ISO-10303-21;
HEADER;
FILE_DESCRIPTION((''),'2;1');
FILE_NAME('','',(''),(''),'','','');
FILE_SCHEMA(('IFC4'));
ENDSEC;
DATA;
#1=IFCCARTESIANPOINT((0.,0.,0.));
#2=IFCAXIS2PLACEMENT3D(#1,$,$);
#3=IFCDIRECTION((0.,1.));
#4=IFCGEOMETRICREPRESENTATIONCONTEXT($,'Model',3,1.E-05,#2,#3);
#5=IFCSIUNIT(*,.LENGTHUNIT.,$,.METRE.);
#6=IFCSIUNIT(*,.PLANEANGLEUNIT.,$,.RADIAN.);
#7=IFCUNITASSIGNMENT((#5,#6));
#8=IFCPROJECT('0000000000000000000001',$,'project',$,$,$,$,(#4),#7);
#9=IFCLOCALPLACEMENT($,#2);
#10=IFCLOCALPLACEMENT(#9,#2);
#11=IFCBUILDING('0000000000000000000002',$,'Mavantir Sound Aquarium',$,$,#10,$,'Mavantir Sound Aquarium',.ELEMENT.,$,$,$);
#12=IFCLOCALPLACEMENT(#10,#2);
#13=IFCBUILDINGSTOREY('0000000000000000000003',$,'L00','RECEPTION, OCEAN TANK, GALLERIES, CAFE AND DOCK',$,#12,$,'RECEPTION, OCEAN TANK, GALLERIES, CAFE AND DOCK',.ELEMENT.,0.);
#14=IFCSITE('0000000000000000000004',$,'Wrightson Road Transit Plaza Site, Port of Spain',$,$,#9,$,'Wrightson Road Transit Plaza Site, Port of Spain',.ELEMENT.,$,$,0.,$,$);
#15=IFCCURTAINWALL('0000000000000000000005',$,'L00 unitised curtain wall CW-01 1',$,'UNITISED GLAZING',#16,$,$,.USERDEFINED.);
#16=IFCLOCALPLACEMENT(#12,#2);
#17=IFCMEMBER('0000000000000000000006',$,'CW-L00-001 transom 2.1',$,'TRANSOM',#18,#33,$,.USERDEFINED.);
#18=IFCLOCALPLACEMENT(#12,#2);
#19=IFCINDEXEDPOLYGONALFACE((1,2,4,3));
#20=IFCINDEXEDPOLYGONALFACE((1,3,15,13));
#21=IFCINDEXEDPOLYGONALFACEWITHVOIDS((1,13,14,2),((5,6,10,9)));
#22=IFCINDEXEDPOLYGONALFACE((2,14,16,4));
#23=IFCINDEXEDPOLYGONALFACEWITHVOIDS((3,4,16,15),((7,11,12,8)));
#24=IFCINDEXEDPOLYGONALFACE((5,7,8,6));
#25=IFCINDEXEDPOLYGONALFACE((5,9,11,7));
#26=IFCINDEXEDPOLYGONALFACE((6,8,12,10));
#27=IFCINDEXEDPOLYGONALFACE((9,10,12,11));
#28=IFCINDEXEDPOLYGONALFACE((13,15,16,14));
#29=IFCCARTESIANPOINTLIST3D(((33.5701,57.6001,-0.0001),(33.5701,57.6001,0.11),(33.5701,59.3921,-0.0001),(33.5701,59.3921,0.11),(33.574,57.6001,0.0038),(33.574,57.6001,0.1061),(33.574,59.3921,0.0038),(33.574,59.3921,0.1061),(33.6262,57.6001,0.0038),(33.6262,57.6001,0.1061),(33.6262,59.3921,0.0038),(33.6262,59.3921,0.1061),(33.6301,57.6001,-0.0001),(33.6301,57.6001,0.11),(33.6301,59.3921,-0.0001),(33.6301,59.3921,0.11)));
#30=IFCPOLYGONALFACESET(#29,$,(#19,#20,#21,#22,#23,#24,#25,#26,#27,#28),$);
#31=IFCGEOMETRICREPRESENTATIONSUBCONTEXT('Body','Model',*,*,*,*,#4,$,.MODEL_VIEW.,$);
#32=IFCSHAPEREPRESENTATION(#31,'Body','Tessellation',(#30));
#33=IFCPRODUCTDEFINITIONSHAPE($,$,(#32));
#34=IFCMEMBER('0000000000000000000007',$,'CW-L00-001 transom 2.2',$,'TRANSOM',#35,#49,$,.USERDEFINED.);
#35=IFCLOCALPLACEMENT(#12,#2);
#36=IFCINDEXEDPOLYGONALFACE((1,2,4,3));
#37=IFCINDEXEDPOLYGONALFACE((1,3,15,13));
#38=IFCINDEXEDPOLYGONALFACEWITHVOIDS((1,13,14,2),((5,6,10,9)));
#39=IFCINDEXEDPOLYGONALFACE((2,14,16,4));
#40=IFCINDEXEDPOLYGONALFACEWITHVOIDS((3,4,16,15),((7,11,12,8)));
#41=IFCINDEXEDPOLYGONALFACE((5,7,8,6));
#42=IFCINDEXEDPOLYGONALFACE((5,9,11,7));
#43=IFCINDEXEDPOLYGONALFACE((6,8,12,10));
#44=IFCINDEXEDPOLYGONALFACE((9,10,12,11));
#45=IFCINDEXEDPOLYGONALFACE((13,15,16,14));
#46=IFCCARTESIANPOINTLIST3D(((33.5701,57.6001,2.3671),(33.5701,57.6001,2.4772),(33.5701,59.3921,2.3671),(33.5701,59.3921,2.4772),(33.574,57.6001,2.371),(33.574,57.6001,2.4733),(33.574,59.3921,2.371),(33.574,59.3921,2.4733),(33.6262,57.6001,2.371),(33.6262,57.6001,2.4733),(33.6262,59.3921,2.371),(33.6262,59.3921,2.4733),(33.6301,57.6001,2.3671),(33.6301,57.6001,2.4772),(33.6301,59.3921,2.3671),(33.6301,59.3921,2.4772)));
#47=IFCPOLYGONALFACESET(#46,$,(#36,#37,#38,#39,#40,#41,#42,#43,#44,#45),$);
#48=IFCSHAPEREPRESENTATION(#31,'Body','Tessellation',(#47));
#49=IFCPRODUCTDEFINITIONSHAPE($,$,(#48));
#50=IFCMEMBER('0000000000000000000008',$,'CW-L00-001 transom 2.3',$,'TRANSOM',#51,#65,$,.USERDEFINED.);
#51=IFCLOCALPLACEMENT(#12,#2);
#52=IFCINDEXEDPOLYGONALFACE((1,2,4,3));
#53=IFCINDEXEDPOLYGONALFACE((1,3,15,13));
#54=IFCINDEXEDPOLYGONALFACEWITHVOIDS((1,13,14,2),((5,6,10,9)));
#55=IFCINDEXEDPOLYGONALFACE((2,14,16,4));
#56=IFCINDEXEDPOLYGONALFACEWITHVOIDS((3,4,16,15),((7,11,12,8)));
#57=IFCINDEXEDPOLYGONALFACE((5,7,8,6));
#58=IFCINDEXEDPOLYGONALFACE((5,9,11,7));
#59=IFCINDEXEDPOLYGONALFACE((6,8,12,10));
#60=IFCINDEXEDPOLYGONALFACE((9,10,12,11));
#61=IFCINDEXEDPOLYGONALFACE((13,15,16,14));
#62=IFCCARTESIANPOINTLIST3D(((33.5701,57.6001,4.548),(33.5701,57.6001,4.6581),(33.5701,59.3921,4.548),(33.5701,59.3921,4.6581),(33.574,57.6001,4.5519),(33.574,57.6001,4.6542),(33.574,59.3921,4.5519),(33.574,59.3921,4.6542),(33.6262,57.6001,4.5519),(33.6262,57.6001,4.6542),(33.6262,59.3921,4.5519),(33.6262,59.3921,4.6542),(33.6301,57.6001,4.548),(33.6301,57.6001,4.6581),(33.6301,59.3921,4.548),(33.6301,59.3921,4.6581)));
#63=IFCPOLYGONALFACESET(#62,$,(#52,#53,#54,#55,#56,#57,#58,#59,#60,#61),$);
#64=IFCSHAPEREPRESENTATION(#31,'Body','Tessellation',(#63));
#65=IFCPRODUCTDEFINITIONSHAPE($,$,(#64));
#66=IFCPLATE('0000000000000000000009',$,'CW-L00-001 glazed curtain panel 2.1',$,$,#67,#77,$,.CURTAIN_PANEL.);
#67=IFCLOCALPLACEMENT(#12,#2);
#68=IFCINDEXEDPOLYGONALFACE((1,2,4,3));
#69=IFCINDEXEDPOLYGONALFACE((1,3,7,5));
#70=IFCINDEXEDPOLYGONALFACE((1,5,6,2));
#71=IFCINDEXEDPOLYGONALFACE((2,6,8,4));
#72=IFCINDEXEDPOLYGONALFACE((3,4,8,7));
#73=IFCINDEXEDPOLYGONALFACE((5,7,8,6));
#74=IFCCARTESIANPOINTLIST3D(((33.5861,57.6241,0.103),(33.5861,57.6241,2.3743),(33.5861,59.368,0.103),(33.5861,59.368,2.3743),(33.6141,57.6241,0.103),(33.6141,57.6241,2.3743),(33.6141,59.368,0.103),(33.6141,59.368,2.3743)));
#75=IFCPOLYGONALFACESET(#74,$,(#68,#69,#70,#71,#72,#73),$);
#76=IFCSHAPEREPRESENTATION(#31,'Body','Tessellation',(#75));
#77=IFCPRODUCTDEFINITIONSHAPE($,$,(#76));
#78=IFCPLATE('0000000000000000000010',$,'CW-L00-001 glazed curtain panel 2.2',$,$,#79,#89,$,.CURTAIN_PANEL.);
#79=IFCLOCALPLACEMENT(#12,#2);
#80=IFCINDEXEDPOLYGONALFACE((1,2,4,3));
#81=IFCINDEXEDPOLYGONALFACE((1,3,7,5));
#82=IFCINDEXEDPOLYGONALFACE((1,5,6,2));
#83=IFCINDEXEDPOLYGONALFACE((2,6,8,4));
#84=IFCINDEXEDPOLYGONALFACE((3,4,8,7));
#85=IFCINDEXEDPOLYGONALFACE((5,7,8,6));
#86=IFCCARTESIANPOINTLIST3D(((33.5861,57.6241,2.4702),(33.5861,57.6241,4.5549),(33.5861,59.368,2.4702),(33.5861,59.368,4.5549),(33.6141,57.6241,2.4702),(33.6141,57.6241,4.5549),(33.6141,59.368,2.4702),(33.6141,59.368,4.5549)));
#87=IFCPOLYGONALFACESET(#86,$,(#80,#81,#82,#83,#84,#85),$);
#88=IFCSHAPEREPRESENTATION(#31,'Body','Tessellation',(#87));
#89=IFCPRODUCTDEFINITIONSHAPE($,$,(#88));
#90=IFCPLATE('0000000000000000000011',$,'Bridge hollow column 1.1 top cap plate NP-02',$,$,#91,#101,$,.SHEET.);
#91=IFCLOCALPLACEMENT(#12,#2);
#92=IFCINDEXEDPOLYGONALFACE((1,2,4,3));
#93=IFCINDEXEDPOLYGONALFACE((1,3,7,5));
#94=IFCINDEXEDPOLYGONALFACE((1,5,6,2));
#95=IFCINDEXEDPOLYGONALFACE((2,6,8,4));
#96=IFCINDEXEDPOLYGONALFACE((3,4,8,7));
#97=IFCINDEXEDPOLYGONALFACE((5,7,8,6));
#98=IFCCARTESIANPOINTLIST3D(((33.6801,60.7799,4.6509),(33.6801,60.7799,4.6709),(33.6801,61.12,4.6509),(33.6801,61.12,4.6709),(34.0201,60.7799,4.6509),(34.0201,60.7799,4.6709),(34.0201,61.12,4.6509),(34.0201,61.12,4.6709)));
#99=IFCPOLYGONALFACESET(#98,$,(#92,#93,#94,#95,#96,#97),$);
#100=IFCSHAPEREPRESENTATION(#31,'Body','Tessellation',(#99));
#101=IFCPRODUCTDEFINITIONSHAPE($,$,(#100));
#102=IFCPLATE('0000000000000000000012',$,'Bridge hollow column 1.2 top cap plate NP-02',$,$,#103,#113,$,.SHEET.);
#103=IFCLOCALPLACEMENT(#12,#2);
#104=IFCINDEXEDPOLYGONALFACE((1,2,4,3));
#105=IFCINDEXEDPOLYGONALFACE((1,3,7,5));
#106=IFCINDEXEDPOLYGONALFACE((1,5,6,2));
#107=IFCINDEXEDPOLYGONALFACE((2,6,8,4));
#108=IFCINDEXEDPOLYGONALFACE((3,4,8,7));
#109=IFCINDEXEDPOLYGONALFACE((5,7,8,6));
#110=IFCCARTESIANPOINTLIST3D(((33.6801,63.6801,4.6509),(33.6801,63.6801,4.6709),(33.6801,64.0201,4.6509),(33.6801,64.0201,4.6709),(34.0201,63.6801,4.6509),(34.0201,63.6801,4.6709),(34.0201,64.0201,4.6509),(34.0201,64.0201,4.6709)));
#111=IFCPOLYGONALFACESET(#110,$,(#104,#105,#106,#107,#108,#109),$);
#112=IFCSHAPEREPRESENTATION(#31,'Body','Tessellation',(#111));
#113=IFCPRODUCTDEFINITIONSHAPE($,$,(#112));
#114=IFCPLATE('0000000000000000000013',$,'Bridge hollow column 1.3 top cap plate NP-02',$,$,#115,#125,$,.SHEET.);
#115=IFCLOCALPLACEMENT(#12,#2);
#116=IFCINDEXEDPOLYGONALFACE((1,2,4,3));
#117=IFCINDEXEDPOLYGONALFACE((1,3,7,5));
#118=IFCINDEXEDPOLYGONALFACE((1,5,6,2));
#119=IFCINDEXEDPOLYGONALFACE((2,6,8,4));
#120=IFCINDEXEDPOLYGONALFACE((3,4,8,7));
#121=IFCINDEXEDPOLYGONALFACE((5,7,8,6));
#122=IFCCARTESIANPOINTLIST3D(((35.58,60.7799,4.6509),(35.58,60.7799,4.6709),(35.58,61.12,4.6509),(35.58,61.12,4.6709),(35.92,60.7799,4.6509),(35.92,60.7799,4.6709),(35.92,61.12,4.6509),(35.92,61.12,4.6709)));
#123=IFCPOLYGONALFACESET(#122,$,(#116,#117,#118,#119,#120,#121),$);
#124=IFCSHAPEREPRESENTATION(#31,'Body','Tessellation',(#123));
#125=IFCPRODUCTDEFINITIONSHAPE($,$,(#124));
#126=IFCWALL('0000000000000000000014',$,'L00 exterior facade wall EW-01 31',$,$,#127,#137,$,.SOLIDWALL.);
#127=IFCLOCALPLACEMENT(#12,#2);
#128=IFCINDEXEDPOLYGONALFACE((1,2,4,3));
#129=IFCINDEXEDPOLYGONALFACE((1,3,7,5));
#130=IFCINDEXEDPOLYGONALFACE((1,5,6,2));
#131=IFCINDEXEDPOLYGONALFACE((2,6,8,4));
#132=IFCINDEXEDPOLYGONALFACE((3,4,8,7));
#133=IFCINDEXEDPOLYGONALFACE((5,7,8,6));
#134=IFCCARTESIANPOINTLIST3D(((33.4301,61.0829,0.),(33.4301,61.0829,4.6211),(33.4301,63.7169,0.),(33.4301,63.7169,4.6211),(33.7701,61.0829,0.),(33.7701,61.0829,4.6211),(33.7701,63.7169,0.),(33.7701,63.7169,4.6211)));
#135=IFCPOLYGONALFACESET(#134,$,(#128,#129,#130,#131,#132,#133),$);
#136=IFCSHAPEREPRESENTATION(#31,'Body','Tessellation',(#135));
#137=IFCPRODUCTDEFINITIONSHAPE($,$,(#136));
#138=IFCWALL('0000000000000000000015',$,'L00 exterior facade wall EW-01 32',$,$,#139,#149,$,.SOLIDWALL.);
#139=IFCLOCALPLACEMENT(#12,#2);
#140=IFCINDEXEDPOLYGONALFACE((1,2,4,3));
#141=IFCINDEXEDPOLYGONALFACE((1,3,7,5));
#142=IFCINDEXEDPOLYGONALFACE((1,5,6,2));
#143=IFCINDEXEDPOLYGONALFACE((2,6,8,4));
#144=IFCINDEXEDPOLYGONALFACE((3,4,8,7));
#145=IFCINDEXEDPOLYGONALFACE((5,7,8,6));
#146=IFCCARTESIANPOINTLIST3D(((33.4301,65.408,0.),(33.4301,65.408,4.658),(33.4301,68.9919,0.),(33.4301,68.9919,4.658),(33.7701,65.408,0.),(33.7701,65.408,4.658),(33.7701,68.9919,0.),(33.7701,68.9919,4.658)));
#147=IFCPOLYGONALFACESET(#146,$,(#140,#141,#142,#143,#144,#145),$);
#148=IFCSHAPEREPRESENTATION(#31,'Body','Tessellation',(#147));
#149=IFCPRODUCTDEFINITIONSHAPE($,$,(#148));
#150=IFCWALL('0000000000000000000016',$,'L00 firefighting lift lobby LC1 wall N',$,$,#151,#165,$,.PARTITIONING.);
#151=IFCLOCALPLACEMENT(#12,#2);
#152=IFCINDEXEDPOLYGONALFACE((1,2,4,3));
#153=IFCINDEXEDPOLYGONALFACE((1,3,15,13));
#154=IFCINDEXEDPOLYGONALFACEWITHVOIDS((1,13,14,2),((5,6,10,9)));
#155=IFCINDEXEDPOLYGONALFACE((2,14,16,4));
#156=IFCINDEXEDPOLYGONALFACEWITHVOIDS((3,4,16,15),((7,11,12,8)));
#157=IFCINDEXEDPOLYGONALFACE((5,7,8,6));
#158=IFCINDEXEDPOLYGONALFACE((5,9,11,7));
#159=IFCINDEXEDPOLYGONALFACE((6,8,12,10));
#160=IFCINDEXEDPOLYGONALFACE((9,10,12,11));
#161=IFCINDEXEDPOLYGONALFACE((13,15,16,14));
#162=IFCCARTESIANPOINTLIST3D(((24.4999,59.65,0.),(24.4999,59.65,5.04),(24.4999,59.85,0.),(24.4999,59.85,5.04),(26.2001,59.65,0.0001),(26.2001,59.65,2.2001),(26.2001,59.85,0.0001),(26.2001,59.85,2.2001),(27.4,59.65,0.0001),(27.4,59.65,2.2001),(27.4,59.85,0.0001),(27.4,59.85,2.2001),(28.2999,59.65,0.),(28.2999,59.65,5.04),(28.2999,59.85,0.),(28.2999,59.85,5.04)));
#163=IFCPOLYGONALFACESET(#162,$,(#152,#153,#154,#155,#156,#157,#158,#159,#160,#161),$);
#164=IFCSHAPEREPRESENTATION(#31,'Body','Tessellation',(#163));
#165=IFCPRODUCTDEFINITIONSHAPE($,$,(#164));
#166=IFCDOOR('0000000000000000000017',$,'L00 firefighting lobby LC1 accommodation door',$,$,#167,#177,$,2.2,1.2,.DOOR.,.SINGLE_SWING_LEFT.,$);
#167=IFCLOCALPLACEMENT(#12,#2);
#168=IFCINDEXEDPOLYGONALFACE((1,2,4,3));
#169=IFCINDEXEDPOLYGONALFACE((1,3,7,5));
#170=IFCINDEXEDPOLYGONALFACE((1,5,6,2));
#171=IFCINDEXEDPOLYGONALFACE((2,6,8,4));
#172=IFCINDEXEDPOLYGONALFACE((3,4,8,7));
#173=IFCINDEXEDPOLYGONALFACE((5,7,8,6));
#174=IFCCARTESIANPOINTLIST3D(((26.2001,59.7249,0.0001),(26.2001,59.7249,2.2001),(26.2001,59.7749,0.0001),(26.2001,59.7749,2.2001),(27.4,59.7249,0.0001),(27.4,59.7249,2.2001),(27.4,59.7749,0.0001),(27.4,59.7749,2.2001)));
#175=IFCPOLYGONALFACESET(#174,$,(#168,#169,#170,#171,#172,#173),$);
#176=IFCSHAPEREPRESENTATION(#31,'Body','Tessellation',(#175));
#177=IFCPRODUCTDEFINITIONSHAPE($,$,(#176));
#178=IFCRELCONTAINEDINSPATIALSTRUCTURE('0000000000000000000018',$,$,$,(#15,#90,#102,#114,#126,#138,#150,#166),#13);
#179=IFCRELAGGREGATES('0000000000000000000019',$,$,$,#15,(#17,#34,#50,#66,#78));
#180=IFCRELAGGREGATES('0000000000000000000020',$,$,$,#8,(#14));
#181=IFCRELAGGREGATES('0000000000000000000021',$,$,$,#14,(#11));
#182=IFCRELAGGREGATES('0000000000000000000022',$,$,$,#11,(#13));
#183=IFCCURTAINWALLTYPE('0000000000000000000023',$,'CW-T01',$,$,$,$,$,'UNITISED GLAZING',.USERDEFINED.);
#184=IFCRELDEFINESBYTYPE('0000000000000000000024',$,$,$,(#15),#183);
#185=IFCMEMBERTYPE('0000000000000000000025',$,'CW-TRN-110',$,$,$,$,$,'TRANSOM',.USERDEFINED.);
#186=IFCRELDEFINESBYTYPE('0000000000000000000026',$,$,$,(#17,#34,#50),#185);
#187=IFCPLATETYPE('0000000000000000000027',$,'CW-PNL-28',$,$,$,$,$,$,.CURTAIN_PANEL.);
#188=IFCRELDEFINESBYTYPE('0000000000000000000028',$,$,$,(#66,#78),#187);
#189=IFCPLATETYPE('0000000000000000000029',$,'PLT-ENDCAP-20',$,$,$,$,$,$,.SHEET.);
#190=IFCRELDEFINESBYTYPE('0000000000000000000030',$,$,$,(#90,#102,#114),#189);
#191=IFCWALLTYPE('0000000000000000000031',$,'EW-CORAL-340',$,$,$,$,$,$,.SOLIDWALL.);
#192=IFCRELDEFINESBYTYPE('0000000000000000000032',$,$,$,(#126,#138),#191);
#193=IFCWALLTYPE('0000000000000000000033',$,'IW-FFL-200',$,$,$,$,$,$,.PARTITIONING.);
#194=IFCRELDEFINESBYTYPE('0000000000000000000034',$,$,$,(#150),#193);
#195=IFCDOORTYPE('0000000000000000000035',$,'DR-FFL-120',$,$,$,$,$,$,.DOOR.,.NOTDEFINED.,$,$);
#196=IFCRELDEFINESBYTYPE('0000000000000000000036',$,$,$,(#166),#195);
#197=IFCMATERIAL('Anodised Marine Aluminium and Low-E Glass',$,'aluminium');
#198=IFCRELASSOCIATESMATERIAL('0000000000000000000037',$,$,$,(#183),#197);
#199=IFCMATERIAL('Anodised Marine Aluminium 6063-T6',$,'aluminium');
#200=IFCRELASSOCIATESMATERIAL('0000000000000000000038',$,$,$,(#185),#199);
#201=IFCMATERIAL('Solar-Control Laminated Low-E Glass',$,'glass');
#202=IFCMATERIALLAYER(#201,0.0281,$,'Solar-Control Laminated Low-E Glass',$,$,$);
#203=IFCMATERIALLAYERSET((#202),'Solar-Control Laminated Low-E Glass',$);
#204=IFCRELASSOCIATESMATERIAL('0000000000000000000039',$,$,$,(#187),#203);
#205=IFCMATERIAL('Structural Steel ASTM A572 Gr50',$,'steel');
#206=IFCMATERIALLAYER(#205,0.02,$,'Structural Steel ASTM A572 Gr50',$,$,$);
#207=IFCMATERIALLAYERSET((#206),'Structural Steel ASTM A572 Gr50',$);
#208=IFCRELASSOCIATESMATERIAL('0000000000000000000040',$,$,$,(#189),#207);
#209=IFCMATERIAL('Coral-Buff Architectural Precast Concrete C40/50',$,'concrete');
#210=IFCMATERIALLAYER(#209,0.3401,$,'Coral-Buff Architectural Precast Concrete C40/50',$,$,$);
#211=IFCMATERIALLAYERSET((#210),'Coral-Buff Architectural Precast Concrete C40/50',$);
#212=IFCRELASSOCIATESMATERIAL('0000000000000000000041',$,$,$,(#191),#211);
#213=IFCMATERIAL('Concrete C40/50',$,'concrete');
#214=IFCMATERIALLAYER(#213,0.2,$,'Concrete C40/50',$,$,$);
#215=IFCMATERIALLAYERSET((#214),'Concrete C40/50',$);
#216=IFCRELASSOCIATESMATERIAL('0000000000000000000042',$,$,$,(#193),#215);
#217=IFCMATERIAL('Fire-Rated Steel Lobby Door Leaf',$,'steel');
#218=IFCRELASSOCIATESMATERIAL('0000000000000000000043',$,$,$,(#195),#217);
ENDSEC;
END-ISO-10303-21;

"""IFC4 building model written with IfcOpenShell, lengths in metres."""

from ifc_helpers import new_model, si_unit, direction, frame, frame_2d, origin, origin_2d, place, context, subcontext, project, spatial, rectangle, hollow_rectangle, extrude, material, layer, layer_set, material_profile, profile_set, type_object, element, fill, aggregate, save


model = new_model("IFC4")

# Units and contexts
model_context = context("Model", 3, precision=1e-05, world=origin(), true_north=direction((0.0, 1.0)))
body_context = subcontext(model_context, "Body", "Model", "MODEL_VIEW")
ifc_project = project(units=[si_unit("LENGTHUNIT", "METRE"), si_unit("PLANEANGLEUNIT", "RADIAN")], contexts=[model_context])

# Site, building, storey
site_placement = place(None, origin())
site = spatial("IfcSite", under=ifc_project, at=site_placement, Name="Wrightson Road Transit Plaza Site, Port of Spain", LongName="Wrightson Road Transit Plaza Site, Port of Spain", CompositionType="ELEMENT", RefElevation=0.0)
building_placement = place(site_placement, origin())
building = spatial("IfcBuilding", under=site, at=building_placement, Name="Mavantir Sound Aquarium", LongName="Mavantir Sound Aquarium", CompositionType="ELEMENT")
storey_placement = place(building_placement, origin())
storey = spatial("IfcBuildingStorey", under=building, at=storey_placement, Name="L00", Description="RECEPTION, OCEAN TANK, GALLERIES, CAFE AND DOCK", LongName="RECEPTION, OCEAN TANK, GALLERIES, CAFE AND DOCK", CompositionType="ELEMENT", Elevation=0.0)

# Shared definitions
ifc_material_1 = material(Name="Concrete C40/50", Category="concrete")

# Curtain wall, members, plates
ifc_material_2 = material(Name="Anodised Marine Aluminium and Low-E Glass", Category="aluminium")
curtain_wall_type = type_object("IfcCurtainWallType", Name="CW-T01", ElementType="UNITISED GLAZING", PredefinedType="USERDEFINED", material=ifc_material_2)
curtain_wall_placement = place(storey_placement, origin())
curtain_wall = element("IfcCurtainWall", 1, at=curtain_wall_placement, inside=storey, type_object=curtain_wall_type, Name="L00 unitised curtain wall CW-01 1", ObjectType="UNITISED GLAZING", PredefinedType="USERDEFINED")
ifc_material_3 = material(Name="Anodised Marine Aluminium 6063-T6", Category="aluminium")
ifc_material_profile_1 = material_profile(ifc_material_3, hollow_rectangle(XDim=0.0601, YDim=0.1101, WallThickness=0.0039, at=origin_2d()), Name="ALU-TRANSOM-110X60")
ifc_profile_set_1 = profile_set([ifc_material_profile_1], Name="Anodised Marine Aluminium 6063-T6")
member_type_1 = type_object("IfcMemberType", Name="CW-TRN-110", ElementType="TRANSOM", PredefinedType="USERDEFINED", material=ifc_profile_set_1)
member_1_placement = place(storey_placement, frame((33.6001, 57.6001, 0.0549), z_axis=(0.0, 1.0, 0.0), x_axis=(-1.0, 0.0, 0.0)))
member_1 = element("IfcMember", 2, at=member_1_placement, type_object=member_type_1, Name="CW-L00-001 transom 2.1", ObjectType="TRANSOM", PredefinedType="USERDEFINED", context=body_context, shape_type="SweptSolid", body=[
    extrude(hollow_rectangle(XDim=0.0601, YDim=0.1101, WallThickness=0.0039, at=origin_2d()), origin(), (0.0, 0.0, 1.0), 1.792),
])
member_2_placement = place(storey_placement, frame((33.6001, 57.6001, 2.4221), z_axis=(0.0, 1.0, 0.0), x_axis=(-1.0, 0.0, 0.0)))
member_2 = element("IfcMember", 3, at=member_2_placement, type_object=member_type_1, Name="CW-L00-001 transom 2.2", ObjectType="TRANSOM", PredefinedType="USERDEFINED", context=body_context, shape_type="SweptSolid", body=[
    extrude(hollow_rectangle(XDim=0.0601, YDim=0.1101, WallThickness=0.0039, at=origin_2d()), origin(), (0.0, 0.0, 1.0), 1.792),
])
member_3_placement = place(storey_placement, frame((33.6001, 57.6001, 4.603), z_axis=(0.0, 1.0, 0.0), x_axis=(-1.0, 0.0, 0.0)))
member_3 = element("IfcMember", 4, at=member_3_placement, type_object=member_type_1, Name="CW-L00-001 transom 2.3", ObjectType="TRANSOM", PredefinedType="USERDEFINED", context=body_context, shape_type="SweptSolid", body=[
    extrude(hollow_rectangle(XDim=0.0601, YDim=0.1101, WallThickness=0.0039, at=origin_2d()), origin(), (0.0, 0.0, 1.0), 1.792),
])
ifc_material_4 = material(Name="Solar-Control Laminated Low-E Glass", Category="glass")
ifc_layer_1 = layer(ifc_material_4, 0.0281, Name="Solar-Control Laminated Low-E Glass")
ifc_layer_set_1 = layer_set([ifc_layer_1], Name="Solar-Control Laminated Low-E Glass")
plate_type_1 = type_object("IfcPlateType", Name="CW-PNL-28", PredefinedType="CURTAIN_PANEL", material=ifc_layer_set_1)
plate_1_placement = place(storey_placement, frame((33.6001, 58.4961, 0.103), z_axis=(0.0, 0.0, 1.0), x_axis=(0.0, 1.0, 0.0)))
plate_1 = element("IfcPlate", 5, at=plate_1_placement, type_object=plate_type_1, Name="CW-L00-001 glazed curtain panel 2.1", PredefinedType="CURTAIN_PANEL", context=body_context, shape_type="SweptSolid", body=[
    extrude(rectangle(XDim=1.7439, YDim=0.0281, at=origin_2d()), origin(), (0.0, 0.0, 1.0), 2.2712),
])
plate_2_placement = place(storey_placement, frame((33.6001, 58.4961, 2.4702), z_axis=(0.0, 0.0, 1.0), x_axis=(0.0, 1.0, 0.0)))
plate_2 = element("IfcPlate", 6, at=plate_2_placement, type_object=plate_type_1, Name="CW-L00-001 glazed curtain panel 2.2", PredefinedType="CURTAIN_PANEL", context=body_context, shape_type="SweptSolid", body=[
    extrude(rectangle(XDim=1.7439, YDim=0.0281, at=origin_2d()), origin(), (0.0, 0.0, 1.0), 2.0847),
])
aggregate(curtain_wall, [member_1, member_2, member_3, plate_1, plate_2])

# Plates
ifc_material_5 = material(Name="Structural Steel ASTM A572 Gr50", Category="steel")
ifc_layer_2 = layer(ifc_material_5, 0.02, Name="Structural Steel ASTM A572 Gr50")
ifc_layer_set_2 = layer_set([ifc_layer_2], Name="Structural Steel ASTM A572 Gr50")
plate_type_2 = type_object("IfcPlateType", Name="PLT-ENDCAP-20", PredefinedType="SHEET", material=ifc_layer_set_2)
for number, where, z_axis, x_axis, name in (
    (7, (33.8501, 60.95, 4.6509), (0.0, 0.0, 1.0), (1.0, 0.0, 0.0), "Bridge hollow column 1.1 top cap plate NP-02"),
    (8, (33.8501, 63.8501, 4.6509), (0.0, 0.0, 1.0), (1.0, 0.0, 0.0), "Bridge hollow column 1.2 top cap plate NP-02"),
    (9, (35.75, 60.95, 4.6509), (0.0, 0.0, 1.0), (1.0, 0.0, 0.0), "Bridge hollow column 1.3 top cap plate NP-02"),
):
    element("IfcPlate", number, at=place(storey_placement, frame(where, z_axis=z_axis, x_axis=x_axis)), inside=storey, type_object=plate_type_2, Name=name, PredefinedType="SHEET", context=body_context, shape_type="SweptSolid", body=[
        extrude(rectangle(XDim=0.3401, YDim=0.3401, at=origin_2d()), origin(), (0.0, 0.0, 1.0), 0.02),
    ])

# Walls
ifc_material_6 = material(Name="Coral-Buff Architectural Precast Concrete C40/50", Category="concrete")
ifc_layer_3 = layer(ifc_material_6, 0.3401, Name="Coral-Buff Architectural Precast Concrete C40/50")
ifc_layer_set_3 = layer_set([ifc_layer_3], Name="Coral-Buff Architectural Precast Concrete C40/50")
wall_type_1 = type_object("IfcWallType", Name="EW-CORAL-340", PredefinedType="SOLIDWALL", material=ifc_layer_set_3)
wall_1_placement = place(storey_placement, frame((33.6001, 61.083, 0.0), z_axis=(0.0, 0.0, 1.0), x_axis=(0.0, 1.0, 0.0)))
element("IfcWall", 10, at=wall_1_placement, inside=storey, type_object=wall_type_1, Name="L00 exterior facade wall EW-01 31", PredefinedType="SOLIDWALL", context=body_context, shape_type="SweptSolid", body=[
    extrude(rectangle(XDim=2.634, YDim=0.3401, at=frame_2d((1.3169, 0.0))), origin(), (0.0, 0.0, 1.0), 4.6211),
])
wall_2_placement = place(storey_placement, frame((33.6001, 65.408, 0.0), z_axis=(0.0, 0.0, 1.0), x_axis=(0.0, 1.0, 0.0)))
element("IfcWall", 11, at=wall_2_placement, inside=storey, type_object=wall_type_1, Name="L00 exterior facade wall EW-01 32", PredefinedType="SOLIDWALL", context=body_context, shape_type="SweptSolid", body=[
    extrude(rectangle(XDim=3.584, YDim=0.3401, at=frame_2d((1.792, 0.0))), origin(), (0.0, 0.0, 1.0), 4.658),
])

# Wall, opening, door
ifc_layer_4 = layer(ifc_material_1, 0.2, Name="Concrete C40/50")
ifc_layer_set_4 = layer_set([ifc_layer_4], Name="Concrete C40/50")
wall_type_2 = type_object("IfcWallType", Name="IW-FFL-200", PredefinedType="PARTITIONING", material=ifc_layer_set_4)
wall_3_placement = place(storey_placement, frame((24.5, 59.75, 0.0), z_axis=(0.0, 0.0, 1.0), x_axis=(1.0, 0.0, 0.0)))
wall_3 = element("IfcWall", 12, at=wall_3_placement, inside=storey, type_object=wall_type_2, Name="L00 firefighting lift lobby LC1 wall N", PredefinedType="PARTITIONING", context=body_context, shape_type="SweptSolid", body=[
    extrude(rectangle(XDim=3.8, YDim=0.2, at=frame_2d((1.8999, 0.0))), origin(), (0.0, 0.0, 1.0), 5.04),
])
opening_placement = place(wall_3_placement, frame((1.7, 0.0, 0.0)))
opening = element("IfcOpeningElement", 13, at=opening_placement, cuts=wall_3, PredefinedType="OPENING", context=body_context, shape_type="SweptSolid", body=[
    extrude(rectangle(XDim=1.2, YDim=2.2, at=frame_2d((0.6001, 1.1001))), frame((0.0, 0.1099, 0.0), z_axis=(0.0, -1.0, 0.0), x_axis=(1.0, 0.0, 0.0)), (0.0, 0.0, 1.0), 0.22),
])
ifc_material_7 = material(Name="Fire-Rated Steel Lobby Door Leaf", Category="steel")
door_type = type_object("IfcDoorType", Name="DR-FFL-120", OperationType="NOTDEFINED", PredefinedType="DOOR", material=ifc_material_7)
door_placement = place(opening_placement, origin())
door = element("IfcDoor", 14, at=door_placement, inside=storey, type_object=door_type, Name="L00 firefighting lobby LC1 accommodation door", OperationType="SINGLE_SWING_LEFT", OverallHeight=2.2, OverallWidth=1.2, PredefinedType="DOOR", context=body_context, shape_type="SweptSolid", body=[
    extrude(rectangle(XDim=1.2, YDim=2.2, at=frame_2d((0.6001, 1.1001))), frame((0.0, 0.0249, 0.0), z_axis=(0.0, -1.0, 0.0), x_axis=(1.0, 0.0, 0.0)), (0.0, 0.0, 1.0), 0.05),
])
fill(opening, door)

save(model, "model.ifc")
